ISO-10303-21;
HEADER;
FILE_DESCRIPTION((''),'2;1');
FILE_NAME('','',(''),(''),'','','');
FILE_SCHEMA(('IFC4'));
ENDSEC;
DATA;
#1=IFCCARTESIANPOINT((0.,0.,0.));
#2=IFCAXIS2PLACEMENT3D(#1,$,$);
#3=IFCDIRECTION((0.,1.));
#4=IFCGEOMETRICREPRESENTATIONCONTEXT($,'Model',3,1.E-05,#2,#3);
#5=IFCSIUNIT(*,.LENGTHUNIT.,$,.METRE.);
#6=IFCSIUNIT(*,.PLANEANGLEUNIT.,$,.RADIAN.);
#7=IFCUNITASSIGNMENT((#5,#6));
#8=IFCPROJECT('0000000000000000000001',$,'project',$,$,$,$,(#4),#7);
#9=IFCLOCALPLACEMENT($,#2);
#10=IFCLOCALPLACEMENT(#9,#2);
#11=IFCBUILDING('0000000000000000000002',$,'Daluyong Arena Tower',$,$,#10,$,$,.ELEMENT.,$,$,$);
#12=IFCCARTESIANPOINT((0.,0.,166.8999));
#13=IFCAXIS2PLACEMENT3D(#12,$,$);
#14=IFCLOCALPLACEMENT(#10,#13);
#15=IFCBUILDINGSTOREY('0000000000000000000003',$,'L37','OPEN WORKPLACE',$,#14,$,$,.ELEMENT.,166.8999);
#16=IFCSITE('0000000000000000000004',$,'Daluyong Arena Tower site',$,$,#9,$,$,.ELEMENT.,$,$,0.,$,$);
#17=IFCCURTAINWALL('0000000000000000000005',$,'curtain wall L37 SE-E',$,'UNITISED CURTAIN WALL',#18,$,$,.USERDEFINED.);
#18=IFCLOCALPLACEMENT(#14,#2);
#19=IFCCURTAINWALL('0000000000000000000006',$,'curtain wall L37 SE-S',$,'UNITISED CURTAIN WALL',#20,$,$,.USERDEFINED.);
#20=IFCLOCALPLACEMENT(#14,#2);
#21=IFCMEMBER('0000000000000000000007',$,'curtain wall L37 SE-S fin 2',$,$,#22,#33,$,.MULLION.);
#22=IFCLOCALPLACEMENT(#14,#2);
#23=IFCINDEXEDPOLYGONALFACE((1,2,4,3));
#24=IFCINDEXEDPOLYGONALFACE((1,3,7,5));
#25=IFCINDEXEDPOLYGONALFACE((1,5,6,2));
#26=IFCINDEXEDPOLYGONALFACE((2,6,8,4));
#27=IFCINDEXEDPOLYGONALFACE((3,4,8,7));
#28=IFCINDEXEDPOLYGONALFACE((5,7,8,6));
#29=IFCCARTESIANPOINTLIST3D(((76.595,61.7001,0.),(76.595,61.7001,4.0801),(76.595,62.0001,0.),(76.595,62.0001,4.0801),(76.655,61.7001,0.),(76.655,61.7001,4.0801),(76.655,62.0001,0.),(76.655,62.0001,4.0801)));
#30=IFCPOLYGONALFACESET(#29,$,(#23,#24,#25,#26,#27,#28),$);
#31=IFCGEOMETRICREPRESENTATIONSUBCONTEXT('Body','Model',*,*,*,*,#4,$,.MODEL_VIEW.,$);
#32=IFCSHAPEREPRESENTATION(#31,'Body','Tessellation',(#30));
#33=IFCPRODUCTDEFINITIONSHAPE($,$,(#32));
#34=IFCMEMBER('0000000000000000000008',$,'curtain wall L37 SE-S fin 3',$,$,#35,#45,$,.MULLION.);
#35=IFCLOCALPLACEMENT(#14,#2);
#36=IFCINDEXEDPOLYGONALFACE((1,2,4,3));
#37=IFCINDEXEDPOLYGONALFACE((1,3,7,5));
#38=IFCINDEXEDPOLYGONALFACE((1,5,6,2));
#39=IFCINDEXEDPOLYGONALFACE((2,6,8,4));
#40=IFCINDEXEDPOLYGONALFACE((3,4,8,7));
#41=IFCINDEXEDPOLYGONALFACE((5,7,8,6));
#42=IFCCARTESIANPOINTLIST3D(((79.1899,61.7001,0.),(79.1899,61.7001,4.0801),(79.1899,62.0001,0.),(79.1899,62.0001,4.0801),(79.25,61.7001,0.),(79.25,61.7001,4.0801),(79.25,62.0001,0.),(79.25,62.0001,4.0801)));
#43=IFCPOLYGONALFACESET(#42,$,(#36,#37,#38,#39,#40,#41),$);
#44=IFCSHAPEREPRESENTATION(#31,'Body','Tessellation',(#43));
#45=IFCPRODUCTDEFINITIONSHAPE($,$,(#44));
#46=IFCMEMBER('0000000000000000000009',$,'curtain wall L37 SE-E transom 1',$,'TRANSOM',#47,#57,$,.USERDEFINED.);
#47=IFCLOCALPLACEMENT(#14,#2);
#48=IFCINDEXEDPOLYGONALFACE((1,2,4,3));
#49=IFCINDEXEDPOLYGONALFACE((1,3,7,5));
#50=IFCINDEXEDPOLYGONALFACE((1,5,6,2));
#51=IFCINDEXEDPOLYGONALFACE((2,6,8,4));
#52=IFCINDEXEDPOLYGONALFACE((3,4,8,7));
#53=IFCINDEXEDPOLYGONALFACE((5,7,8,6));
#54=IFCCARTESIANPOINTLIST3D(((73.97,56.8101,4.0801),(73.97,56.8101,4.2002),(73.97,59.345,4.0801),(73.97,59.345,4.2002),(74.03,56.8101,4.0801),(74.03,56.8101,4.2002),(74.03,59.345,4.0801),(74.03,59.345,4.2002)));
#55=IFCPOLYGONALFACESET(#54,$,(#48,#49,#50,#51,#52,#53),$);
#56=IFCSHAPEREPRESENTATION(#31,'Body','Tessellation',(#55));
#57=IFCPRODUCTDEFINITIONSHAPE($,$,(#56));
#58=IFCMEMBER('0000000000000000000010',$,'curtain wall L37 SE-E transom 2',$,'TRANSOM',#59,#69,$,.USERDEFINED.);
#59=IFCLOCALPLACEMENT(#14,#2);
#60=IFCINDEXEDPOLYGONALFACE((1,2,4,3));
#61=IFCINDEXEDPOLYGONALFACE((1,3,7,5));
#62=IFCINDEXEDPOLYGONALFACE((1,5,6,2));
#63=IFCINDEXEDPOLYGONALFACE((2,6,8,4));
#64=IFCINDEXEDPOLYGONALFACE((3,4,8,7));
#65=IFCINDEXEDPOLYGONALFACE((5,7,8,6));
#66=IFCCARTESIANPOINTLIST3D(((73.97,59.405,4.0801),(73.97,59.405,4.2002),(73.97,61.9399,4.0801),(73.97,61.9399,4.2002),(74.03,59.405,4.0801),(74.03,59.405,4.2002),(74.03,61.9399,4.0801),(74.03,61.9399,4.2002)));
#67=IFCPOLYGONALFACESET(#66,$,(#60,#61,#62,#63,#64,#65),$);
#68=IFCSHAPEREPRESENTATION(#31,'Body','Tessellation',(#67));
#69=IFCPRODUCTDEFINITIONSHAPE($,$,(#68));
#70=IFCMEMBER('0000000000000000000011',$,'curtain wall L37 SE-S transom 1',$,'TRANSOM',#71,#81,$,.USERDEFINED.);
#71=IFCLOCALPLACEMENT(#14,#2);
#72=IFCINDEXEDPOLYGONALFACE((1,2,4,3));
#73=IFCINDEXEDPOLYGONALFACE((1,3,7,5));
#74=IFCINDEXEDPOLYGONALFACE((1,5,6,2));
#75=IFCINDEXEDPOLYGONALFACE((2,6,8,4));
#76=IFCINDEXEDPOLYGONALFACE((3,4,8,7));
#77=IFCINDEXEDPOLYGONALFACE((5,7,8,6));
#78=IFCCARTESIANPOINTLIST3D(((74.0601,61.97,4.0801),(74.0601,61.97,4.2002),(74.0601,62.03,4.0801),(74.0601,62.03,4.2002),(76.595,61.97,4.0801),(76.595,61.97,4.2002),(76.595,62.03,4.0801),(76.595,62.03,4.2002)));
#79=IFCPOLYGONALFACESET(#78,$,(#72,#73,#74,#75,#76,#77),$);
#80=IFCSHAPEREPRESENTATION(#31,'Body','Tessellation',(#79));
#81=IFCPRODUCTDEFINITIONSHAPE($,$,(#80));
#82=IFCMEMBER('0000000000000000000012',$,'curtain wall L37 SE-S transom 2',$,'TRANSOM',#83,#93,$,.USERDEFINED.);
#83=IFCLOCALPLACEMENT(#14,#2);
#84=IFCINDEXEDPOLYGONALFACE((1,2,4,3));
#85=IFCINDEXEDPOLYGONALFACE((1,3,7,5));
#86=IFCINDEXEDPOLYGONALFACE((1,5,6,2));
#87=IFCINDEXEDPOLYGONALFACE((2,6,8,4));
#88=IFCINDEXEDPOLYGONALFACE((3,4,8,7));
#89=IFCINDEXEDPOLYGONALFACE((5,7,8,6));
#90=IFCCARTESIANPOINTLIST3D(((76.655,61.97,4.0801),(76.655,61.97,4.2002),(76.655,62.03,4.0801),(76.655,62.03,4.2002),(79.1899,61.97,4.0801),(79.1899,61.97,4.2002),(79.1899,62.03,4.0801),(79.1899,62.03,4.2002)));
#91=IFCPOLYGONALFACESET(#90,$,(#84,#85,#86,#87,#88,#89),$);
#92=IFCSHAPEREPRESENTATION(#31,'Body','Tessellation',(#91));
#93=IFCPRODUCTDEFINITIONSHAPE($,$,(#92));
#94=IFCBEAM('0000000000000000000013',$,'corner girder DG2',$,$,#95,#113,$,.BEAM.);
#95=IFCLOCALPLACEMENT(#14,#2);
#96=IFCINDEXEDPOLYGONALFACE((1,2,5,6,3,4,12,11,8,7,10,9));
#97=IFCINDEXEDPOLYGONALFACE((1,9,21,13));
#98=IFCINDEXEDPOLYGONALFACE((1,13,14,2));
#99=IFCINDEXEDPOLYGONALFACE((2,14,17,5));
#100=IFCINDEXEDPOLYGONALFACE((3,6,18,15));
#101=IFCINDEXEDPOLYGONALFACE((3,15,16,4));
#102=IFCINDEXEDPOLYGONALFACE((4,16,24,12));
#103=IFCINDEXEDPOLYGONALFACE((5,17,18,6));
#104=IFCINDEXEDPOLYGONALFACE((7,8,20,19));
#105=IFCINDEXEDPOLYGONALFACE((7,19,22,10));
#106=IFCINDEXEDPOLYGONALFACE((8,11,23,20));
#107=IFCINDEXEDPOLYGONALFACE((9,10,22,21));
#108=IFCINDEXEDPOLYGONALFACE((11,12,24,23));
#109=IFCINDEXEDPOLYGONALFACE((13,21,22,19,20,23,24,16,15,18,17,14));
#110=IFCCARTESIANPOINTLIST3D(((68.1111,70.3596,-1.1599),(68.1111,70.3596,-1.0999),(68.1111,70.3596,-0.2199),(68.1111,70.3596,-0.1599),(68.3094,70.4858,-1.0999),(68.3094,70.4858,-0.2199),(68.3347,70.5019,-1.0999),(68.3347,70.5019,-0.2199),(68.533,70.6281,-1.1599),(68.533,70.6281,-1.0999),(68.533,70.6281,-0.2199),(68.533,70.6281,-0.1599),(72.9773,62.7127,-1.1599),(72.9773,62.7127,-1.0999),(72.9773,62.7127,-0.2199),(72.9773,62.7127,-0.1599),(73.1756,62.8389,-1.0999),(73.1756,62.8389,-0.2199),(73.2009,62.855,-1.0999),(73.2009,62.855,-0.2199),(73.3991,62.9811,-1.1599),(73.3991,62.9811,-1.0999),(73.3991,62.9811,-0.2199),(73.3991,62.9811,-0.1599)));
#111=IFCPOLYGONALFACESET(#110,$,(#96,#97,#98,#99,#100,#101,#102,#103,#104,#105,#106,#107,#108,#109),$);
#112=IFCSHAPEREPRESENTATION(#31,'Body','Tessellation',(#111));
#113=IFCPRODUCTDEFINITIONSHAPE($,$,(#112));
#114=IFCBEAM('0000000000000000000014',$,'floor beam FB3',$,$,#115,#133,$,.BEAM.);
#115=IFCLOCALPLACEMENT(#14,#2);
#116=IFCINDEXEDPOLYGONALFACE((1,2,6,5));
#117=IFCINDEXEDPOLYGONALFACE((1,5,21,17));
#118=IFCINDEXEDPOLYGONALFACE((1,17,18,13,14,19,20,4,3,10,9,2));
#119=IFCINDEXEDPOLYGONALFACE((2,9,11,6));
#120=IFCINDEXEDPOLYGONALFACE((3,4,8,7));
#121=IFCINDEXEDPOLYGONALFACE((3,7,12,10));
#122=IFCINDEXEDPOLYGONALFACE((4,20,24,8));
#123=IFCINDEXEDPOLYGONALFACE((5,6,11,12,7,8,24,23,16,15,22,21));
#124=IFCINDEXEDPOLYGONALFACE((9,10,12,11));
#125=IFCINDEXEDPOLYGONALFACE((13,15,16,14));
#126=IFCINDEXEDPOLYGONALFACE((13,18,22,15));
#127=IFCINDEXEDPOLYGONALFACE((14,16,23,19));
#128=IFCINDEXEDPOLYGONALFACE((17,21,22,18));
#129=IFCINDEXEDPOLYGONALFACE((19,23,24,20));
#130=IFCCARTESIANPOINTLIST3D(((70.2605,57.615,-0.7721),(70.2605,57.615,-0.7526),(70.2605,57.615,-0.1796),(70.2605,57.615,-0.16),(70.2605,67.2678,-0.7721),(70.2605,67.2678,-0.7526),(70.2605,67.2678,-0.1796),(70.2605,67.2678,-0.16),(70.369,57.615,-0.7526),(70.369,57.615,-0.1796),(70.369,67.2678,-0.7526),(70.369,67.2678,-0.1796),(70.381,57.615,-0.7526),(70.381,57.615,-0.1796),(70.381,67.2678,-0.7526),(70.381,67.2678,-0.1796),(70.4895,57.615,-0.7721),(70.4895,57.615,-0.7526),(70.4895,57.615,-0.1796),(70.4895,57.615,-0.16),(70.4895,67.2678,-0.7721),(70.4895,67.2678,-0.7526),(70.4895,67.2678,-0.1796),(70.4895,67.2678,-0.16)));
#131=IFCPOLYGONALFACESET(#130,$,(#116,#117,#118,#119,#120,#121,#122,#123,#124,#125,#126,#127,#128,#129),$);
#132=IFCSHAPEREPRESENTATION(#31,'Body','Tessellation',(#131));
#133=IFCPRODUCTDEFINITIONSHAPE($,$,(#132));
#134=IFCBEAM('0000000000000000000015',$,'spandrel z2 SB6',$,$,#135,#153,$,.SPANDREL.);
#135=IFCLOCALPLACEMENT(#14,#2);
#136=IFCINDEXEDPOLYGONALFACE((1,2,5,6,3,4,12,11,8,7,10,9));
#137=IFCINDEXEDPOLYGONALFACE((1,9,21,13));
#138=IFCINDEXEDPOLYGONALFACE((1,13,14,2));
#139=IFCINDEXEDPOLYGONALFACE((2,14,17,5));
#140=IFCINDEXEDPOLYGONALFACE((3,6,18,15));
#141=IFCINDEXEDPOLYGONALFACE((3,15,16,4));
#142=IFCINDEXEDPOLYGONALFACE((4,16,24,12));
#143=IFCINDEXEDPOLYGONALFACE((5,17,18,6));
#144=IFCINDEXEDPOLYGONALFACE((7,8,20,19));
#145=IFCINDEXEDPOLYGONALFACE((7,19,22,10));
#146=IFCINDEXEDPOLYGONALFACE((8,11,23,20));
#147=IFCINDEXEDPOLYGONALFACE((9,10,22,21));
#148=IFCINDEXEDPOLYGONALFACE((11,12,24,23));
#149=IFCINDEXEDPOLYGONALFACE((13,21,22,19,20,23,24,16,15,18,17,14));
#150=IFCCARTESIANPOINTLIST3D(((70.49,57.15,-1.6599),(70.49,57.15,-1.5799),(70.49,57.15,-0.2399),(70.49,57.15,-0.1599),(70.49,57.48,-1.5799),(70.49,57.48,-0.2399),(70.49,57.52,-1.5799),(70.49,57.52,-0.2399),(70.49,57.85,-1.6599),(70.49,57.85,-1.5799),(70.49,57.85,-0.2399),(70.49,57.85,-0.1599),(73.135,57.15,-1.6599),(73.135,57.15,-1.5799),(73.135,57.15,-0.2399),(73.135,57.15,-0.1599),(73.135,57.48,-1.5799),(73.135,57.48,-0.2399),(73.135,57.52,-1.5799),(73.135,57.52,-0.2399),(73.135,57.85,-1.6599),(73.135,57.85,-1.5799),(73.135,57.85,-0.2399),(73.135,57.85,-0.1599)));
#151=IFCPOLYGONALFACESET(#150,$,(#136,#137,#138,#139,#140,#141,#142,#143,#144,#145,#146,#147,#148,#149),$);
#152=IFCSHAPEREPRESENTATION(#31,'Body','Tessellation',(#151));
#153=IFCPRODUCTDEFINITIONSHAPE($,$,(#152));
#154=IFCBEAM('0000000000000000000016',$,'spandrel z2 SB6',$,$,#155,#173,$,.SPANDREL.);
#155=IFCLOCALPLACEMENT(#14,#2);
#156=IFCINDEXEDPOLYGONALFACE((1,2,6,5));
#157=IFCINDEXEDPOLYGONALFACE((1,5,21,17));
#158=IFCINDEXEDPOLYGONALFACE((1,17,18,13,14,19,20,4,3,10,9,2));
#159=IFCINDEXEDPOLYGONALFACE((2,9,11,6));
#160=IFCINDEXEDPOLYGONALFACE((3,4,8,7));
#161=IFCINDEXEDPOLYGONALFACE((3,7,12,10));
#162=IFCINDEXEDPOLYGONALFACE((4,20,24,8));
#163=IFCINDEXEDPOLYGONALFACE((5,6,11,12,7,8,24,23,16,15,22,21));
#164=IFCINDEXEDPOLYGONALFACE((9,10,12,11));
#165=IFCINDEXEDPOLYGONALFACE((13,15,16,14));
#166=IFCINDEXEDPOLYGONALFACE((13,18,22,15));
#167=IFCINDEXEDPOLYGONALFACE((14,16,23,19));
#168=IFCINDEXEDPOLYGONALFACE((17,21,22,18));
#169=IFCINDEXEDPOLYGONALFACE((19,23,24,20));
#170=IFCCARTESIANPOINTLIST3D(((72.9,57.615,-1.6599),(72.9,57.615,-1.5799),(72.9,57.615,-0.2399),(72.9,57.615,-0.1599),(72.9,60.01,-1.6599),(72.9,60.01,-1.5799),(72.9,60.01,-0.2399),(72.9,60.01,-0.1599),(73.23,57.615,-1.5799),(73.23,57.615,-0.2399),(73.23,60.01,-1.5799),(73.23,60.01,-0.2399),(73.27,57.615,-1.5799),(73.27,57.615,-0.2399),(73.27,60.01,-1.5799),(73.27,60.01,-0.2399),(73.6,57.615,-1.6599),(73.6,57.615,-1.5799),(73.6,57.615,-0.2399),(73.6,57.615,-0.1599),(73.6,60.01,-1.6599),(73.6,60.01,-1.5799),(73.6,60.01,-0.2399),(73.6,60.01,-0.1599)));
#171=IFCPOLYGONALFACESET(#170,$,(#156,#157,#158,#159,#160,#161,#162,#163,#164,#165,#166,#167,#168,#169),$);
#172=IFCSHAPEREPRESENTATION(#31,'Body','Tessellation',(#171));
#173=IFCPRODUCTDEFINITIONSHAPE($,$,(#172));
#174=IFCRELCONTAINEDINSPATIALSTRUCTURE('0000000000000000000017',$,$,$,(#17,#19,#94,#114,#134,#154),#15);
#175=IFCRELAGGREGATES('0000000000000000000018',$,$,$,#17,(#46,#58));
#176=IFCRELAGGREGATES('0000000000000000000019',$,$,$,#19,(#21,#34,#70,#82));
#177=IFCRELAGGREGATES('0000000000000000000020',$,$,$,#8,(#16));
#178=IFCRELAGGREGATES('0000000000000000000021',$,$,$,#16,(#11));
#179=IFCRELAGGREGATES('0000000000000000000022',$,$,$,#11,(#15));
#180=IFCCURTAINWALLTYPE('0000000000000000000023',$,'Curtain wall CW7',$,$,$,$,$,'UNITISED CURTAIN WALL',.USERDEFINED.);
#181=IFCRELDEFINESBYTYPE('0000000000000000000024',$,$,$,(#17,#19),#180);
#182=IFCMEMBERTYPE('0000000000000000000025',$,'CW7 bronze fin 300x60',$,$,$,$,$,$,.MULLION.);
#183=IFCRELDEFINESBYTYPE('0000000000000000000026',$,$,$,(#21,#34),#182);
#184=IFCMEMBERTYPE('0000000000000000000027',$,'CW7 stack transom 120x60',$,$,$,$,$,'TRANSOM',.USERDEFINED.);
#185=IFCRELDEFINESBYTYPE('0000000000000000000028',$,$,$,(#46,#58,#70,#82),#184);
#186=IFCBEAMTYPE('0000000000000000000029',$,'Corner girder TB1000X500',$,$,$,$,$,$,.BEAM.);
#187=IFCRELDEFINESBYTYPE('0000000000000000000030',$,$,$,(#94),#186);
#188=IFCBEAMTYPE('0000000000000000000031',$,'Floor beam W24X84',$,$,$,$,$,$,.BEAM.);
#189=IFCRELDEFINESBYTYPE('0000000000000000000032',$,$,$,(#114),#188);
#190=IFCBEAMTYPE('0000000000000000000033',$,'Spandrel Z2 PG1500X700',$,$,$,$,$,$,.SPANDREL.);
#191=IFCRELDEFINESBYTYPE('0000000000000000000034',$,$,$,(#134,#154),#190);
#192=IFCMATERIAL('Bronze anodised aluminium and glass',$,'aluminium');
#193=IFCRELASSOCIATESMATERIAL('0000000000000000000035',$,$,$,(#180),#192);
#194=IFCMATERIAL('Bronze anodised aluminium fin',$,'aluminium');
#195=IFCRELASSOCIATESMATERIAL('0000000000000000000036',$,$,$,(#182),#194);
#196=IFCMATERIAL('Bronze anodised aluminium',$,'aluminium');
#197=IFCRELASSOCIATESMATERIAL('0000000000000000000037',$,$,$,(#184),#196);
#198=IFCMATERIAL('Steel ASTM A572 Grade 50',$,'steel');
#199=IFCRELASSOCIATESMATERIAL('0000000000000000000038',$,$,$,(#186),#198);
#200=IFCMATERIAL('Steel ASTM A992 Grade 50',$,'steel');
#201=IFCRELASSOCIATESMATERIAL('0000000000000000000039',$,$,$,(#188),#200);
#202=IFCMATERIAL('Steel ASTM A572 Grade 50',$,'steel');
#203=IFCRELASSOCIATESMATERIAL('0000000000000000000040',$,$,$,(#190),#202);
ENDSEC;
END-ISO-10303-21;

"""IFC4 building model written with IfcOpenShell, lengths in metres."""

from ifc_helpers import new_model, si_unit, direction, frame, origin, origin_2d, place, context, subcontext, project, spatial, rectangle, i_section, extrude, material, material_profile, profile_set, type_object, element, aggregate, save


model = new_model("IFC4")

# Units and contexts
model_context = context("Model", 3, precision=1e-05, world=origin(), true_north=direction((0.0, 1.0)))
body_context = subcontext(model_context, "Body", "Model", "MODEL_VIEW")
ifc_project = project(units=[si_unit("LENGTHUNIT", "METRE"), si_unit("PLANEANGLEUNIT", "RADIAN")], contexts=[model_context])

# Site, building, storey
site_placement = place(None, origin())
site = spatial("IfcSite", under=ifc_project, at=site_placement, Name="Daluyong Arena Tower site", CompositionType="ELEMENT", RefElevation=0.0)
building_placement = place(site_placement, origin())
building = spatial("IfcBuilding", under=site, at=building_placement, Name="Daluyong Arena Tower", CompositionType="ELEMENT")
storey_placement = place(building_placement, frame((0.0, 0.0, 166.8999)))
storey = spatial("IfcBuildingStorey", under=building, at=storey_placement, Name="L37", Description="OPEN WORKPLACE", CompositionType="ELEMENT", Elevation=166.8999)

# Curtain walls, members
ifc_material_1 = material(Name="Bronze anodised aluminium and glass", Category="aluminium")
curtain_wall_type_1 = type_object("IfcCurtainWallType", Name="Curtain wall CW7", ElementType="UNITISED CURTAIN WALL", PredefinedType="USERDEFINED", material=ifc_material_1)
curtain_wall_1_placement = place(storey_placement, origin())
curtain_wall_1 = element("IfcCurtainWall", 1, at=curtain_wall_1_placement, inside=storey, type_object=curtain_wall_type_1, Name="curtain wall L37 SE-E", ObjectType="UNITISED CURTAIN WALL", PredefinedType="USERDEFINED")
ifc_material_2 = material(Name="Bronze anodised aluminium fin", Category="aluminium")
ifc_material_profile_1 = material_profile(ifc_material_2, rectangle(XDim=0.3, YDim=0.0601, at=origin_2d()))
ifc_profile_set_1 = profile_set([ifc_material_profile_1], Name="Bronze anodised aluminium fin")
member_type_1 = type_object("IfcMemberType", Name="CW7 bronze fin 300x60", PredefinedType="MULLION", material=ifc_profile_set_1)
curtain_wall_2_placement = place(storey_placement, origin())
curtain_wall_2 = element("IfcCurtainWall", 2, at=curtain_wall_2_placement, inside=storey, type_object=curtain_wall_type_1, Name="curtain wall L37 SE-S", ObjectType="UNITISED CURTAIN WALL", PredefinedType="USERDEFINED")
member_1_placement = place(storey_placement, frame((76.625, 61.8501, 0.0), z_axis=(0.0, 0.0, 1.0), x_axis=(0.0, 1.0, 0.0)))
member_1 = element("IfcMember", 3, at=member_1_placement, type_object=member_type_1, Name="curtain wall L37 SE-S fin 2", PredefinedType="MULLION", context=body_context, shape_type="SweptSolid", body=[
    extrude(rectangle(XDim=0.3, YDim=0.0601, at=origin_2d()), origin(), (0.0, 0.0, 1.0), 4.0801),
])
member_2_placement = place(storey_placement, frame((79.22, 61.8501, 0.0), z_axis=(0.0, 0.0, 1.0), x_axis=(0.0, 1.0, 0.0)))
member_2 = element("IfcMember", 4, at=member_2_placement, type_object=member_type_1, Name="curtain wall L37 SE-S fin 3", PredefinedType="MULLION", context=body_context, shape_type="SweptSolid", body=[
    extrude(rectangle(XDim=0.3, YDim=0.0601, at=origin_2d()), origin(), (0.0, 0.0, 1.0), 4.0801),
])

# Members
ifc_material_3 = material(Name="Bronze anodised aluminium", Category="aluminium")
ifc_material_profile_2 = material_profile(ifc_material_3, rectangle(XDim=0.0601, YDim=0.1201, at=origin_2d()))
ifc_profile_set_2 = profile_set([ifc_material_profile_2], Name="Bronze anodised aluminium")
member_type_2 = type_object("IfcMemberType", Name="CW7 stack transom 120x60", ElementType="TRANSOM", PredefinedType="USERDEFINED", material=ifc_profile_set_2)
member_3_placement = place(storey_placement, frame((74.0, 56.8101, 4.1401), z_axis=(0.0, 1.0, 0.0), x_axis=(-1.0, 0.0, 0.0)))
member_3 = element("IfcMember", 5, at=member_3_placement, type_object=member_type_2, Name="curtain wall L37 SE-E transom 1", ObjectType="TRANSOM", PredefinedType="USERDEFINED", context=body_context, shape_type="SweptSolid", body=[
    extrude(rectangle(XDim=0.0601, YDim=0.1201, at=origin_2d()), origin(), (0.0, 0.0, 1.0), 2.5349),
])
member_4_placement = place(storey_placement, frame((74.0, 59.405, 4.1401), z_axis=(0.0, 1.0, 0.0), x_axis=(-1.0, 0.0, 0.0)))
member_4 = element("IfcMember", 6, at=member_4_placement, type_object=member_type_2, Name="curtain wall L37 SE-E transom 2", ObjectType="TRANSOM", PredefinedType="USERDEFINED", context=body_context, shape_type="SweptSolid", body=[
    extrude(rectangle(XDim=0.0601, YDim=0.1201, at=origin_2d()), origin(), (0.0, 0.0, 1.0), 2.5349),
])
member_5_placement = place(storey_placement, frame((74.0601, 62.0, 4.1401), z_axis=(1.0, 0.0, 0.0), x_axis=(0.0, 1.0, 0.0)))
member_5 = element("IfcMember", 7, at=member_5_placement, type_object=member_type_2, Name="curtain wall L37 SE-S transom 1", ObjectType="TRANSOM", PredefinedType="USERDEFINED", context=body_context, shape_type="SweptSolid", body=[
    extrude(rectangle(XDim=0.0601, YDim=0.1201, at=origin_2d()), origin(), (0.0, 0.0, 1.0), 2.5349),
])
member_6_placement = place(storey_placement, frame((76.655, 62.0, 4.1401), z_axis=(1.0, 0.0, 0.0), x_axis=(0.0, 1.0, 0.0)))
member_6 = element("IfcMember", 8, at=member_6_placement, type_object=member_type_2, Name="curtain wall L37 SE-S transom 2", ObjectType="TRANSOM", PredefinedType="USERDEFINED", context=body_context, shape_type="SweptSolid", body=[
    extrude(rectangle(XDim=0.0601, YDim=0.1201, at=origin_2d()), origin(), (0.0, 0.0, 1.0), 2.5349),
])

# Beams
ifc_material_4 = material(Name="Steel ASTM A572 Grade 50", Category="steel")
ifc_material_profile_3 = material_profile(ifc_material_4, i_section(OverallWidth=0.5, OverallDepth=1.0, WebThickness=0.03, FlangeThickness=0.06, at=origin_2d()))
ifc_profile_set_3 = profile_set([ifc_material_profile_3], Name="Steel ASTM A572 Grade 50")
beam_type_1 = type_object("IfcBeamType", Name="Corner girder TB1000X500", PredefinedType="BEAM", material=ifc_profile_set_3)
beam_1_placement = place(storey_placement, frame((73.1882, 62.8469, -0.6599), z_axis=(-0.536872, 0.843664, 0.0), x_axis=(-0.843664, -0.536872, 0.0)))
element("IfcBeam", 9, at=beam_1_placement, inside=storey, type_object=beam_type_1, Name="corner girder DG2", PredefinedType="BEAM", context=body_context, shape_type="SweptSolid", body=[
    extrude(i_section(OverallWidth=0.5, OverallDepth=1.0, WebThickness=0.03, FlangeThickness=0.06, at=origin_2d()), origin(), (0.0, 0.0, 1.0), 9.064),
])
ifc_material_5 = material(Name="Steel ASTM A992 Grade 50", Category="steel")
ifc_material_profile_4 = material_profile(ifc_material_5, i_section(OverallWidth=0.229, OverallDepth=0.6121, WebThickness=0.012, FlangeThickness=0.0195, at=origin_2d()))
ifc_profile_set_4 = profile_set([ifc_material_profile_4], Name="Steel ASTM A992 Grade 50")
beam_type_2 = type_object("IfcBeamType", Name="Floor beam W24X84", PredefinedType="BEAM", material=ifc_profile_set_4)
beam_2_placement = place(storey_placement, frame((70.375, 57.615, -0.4661), z_axis=(0.0, 1.0, 0.0), x_axis=(-1.0, 0.0, 0.0)))
element("IfcBeam", 10, at=beam_2_placement, inside=storey, type_object=beam_type_2, Name="floor beam FB3", PredefinedType="BEAM", context=body_context, shape_type="SweptSolid", body=[
    extrude(i_section(OverallWidth=0.229, OverallDepth=0.6121, WebThickness=0.012, FlangeThickness=0.0195, at=origin_2d()), origin(), (0.0, 0.0, 1.0), 9.6528),
])
ifc_material_6 = material(Name="Steel ASTM A572 Grade 50", Category="steel")
ifc_material_profile_5 = material_profile(ifc_material_6, i_section(OverallWidth=0.7, OverallDepth=1.5, WebThickness=0.04, FlangeThickness=0.08, at=origin_2d()))
ifc_profile_set_5 = profile_set([ifc_material_profile_5], Name="Steel ASTM A572 Grade 50")
beam_type_3 = type_object("IfcBeamType", Name="Spandrel Z2 PG1500X700", PredefinedType="SPANDREL", material=ifc_profile_set_5)
beam_3_placement = place(storey_placement, frame((70.49, 57.5, -0.9099), z_axis=(1.0, 0.0, 0.0), x_axis=(0.0, 1.0, 0.0)))
element("IfcBeam", 11, at=beam_3_placement, inside=storey, type_object=beam_type_3, Name="spandrel z2 SB6", PredefinedType="SPANDREL", context=body_context, shape_type="SweptSolid", body=[
    extrude(i_section(OverallWidth=0.7, OverallDepth=1.5, WebThickness=0.04, FlangeThickness=0.08, at=origin_2d()), origin(), (0.0, 0.0, 1.0), 2.645),
])
for number, where, z_axis, x_axis, name in (
    (12, (73.25, 57.615, -0.9099), (0.0, 1.0, 0.0), (-1.0, 0.0, 0.0), "spandrel z2 SB6"),
):
    element("IfcBeam", number, at=place(storey_placement, frame(where, z_axis=z_axis, x_axis=x_axis)), inside=storey, type_object=beam_type_3, Name=name, PredefinedType="SPANDREL", context=body_context, shape_type="SweptSolid", body=[
        extrude(i_section(OverallWidth=0.7, OverallDepth=1.5, WebThickness=0.04, FlangeThickness=0.08, at=origin_2d()), origin(), (0.0, 0.0, 1.0), 2.395),
    ])

aggregate(curtain_wall_1, [member_3, member_4])
aggregate(curtain_wall_2, [member_1, member_2, member_5, member_6])

save(model, "model.ifc")
